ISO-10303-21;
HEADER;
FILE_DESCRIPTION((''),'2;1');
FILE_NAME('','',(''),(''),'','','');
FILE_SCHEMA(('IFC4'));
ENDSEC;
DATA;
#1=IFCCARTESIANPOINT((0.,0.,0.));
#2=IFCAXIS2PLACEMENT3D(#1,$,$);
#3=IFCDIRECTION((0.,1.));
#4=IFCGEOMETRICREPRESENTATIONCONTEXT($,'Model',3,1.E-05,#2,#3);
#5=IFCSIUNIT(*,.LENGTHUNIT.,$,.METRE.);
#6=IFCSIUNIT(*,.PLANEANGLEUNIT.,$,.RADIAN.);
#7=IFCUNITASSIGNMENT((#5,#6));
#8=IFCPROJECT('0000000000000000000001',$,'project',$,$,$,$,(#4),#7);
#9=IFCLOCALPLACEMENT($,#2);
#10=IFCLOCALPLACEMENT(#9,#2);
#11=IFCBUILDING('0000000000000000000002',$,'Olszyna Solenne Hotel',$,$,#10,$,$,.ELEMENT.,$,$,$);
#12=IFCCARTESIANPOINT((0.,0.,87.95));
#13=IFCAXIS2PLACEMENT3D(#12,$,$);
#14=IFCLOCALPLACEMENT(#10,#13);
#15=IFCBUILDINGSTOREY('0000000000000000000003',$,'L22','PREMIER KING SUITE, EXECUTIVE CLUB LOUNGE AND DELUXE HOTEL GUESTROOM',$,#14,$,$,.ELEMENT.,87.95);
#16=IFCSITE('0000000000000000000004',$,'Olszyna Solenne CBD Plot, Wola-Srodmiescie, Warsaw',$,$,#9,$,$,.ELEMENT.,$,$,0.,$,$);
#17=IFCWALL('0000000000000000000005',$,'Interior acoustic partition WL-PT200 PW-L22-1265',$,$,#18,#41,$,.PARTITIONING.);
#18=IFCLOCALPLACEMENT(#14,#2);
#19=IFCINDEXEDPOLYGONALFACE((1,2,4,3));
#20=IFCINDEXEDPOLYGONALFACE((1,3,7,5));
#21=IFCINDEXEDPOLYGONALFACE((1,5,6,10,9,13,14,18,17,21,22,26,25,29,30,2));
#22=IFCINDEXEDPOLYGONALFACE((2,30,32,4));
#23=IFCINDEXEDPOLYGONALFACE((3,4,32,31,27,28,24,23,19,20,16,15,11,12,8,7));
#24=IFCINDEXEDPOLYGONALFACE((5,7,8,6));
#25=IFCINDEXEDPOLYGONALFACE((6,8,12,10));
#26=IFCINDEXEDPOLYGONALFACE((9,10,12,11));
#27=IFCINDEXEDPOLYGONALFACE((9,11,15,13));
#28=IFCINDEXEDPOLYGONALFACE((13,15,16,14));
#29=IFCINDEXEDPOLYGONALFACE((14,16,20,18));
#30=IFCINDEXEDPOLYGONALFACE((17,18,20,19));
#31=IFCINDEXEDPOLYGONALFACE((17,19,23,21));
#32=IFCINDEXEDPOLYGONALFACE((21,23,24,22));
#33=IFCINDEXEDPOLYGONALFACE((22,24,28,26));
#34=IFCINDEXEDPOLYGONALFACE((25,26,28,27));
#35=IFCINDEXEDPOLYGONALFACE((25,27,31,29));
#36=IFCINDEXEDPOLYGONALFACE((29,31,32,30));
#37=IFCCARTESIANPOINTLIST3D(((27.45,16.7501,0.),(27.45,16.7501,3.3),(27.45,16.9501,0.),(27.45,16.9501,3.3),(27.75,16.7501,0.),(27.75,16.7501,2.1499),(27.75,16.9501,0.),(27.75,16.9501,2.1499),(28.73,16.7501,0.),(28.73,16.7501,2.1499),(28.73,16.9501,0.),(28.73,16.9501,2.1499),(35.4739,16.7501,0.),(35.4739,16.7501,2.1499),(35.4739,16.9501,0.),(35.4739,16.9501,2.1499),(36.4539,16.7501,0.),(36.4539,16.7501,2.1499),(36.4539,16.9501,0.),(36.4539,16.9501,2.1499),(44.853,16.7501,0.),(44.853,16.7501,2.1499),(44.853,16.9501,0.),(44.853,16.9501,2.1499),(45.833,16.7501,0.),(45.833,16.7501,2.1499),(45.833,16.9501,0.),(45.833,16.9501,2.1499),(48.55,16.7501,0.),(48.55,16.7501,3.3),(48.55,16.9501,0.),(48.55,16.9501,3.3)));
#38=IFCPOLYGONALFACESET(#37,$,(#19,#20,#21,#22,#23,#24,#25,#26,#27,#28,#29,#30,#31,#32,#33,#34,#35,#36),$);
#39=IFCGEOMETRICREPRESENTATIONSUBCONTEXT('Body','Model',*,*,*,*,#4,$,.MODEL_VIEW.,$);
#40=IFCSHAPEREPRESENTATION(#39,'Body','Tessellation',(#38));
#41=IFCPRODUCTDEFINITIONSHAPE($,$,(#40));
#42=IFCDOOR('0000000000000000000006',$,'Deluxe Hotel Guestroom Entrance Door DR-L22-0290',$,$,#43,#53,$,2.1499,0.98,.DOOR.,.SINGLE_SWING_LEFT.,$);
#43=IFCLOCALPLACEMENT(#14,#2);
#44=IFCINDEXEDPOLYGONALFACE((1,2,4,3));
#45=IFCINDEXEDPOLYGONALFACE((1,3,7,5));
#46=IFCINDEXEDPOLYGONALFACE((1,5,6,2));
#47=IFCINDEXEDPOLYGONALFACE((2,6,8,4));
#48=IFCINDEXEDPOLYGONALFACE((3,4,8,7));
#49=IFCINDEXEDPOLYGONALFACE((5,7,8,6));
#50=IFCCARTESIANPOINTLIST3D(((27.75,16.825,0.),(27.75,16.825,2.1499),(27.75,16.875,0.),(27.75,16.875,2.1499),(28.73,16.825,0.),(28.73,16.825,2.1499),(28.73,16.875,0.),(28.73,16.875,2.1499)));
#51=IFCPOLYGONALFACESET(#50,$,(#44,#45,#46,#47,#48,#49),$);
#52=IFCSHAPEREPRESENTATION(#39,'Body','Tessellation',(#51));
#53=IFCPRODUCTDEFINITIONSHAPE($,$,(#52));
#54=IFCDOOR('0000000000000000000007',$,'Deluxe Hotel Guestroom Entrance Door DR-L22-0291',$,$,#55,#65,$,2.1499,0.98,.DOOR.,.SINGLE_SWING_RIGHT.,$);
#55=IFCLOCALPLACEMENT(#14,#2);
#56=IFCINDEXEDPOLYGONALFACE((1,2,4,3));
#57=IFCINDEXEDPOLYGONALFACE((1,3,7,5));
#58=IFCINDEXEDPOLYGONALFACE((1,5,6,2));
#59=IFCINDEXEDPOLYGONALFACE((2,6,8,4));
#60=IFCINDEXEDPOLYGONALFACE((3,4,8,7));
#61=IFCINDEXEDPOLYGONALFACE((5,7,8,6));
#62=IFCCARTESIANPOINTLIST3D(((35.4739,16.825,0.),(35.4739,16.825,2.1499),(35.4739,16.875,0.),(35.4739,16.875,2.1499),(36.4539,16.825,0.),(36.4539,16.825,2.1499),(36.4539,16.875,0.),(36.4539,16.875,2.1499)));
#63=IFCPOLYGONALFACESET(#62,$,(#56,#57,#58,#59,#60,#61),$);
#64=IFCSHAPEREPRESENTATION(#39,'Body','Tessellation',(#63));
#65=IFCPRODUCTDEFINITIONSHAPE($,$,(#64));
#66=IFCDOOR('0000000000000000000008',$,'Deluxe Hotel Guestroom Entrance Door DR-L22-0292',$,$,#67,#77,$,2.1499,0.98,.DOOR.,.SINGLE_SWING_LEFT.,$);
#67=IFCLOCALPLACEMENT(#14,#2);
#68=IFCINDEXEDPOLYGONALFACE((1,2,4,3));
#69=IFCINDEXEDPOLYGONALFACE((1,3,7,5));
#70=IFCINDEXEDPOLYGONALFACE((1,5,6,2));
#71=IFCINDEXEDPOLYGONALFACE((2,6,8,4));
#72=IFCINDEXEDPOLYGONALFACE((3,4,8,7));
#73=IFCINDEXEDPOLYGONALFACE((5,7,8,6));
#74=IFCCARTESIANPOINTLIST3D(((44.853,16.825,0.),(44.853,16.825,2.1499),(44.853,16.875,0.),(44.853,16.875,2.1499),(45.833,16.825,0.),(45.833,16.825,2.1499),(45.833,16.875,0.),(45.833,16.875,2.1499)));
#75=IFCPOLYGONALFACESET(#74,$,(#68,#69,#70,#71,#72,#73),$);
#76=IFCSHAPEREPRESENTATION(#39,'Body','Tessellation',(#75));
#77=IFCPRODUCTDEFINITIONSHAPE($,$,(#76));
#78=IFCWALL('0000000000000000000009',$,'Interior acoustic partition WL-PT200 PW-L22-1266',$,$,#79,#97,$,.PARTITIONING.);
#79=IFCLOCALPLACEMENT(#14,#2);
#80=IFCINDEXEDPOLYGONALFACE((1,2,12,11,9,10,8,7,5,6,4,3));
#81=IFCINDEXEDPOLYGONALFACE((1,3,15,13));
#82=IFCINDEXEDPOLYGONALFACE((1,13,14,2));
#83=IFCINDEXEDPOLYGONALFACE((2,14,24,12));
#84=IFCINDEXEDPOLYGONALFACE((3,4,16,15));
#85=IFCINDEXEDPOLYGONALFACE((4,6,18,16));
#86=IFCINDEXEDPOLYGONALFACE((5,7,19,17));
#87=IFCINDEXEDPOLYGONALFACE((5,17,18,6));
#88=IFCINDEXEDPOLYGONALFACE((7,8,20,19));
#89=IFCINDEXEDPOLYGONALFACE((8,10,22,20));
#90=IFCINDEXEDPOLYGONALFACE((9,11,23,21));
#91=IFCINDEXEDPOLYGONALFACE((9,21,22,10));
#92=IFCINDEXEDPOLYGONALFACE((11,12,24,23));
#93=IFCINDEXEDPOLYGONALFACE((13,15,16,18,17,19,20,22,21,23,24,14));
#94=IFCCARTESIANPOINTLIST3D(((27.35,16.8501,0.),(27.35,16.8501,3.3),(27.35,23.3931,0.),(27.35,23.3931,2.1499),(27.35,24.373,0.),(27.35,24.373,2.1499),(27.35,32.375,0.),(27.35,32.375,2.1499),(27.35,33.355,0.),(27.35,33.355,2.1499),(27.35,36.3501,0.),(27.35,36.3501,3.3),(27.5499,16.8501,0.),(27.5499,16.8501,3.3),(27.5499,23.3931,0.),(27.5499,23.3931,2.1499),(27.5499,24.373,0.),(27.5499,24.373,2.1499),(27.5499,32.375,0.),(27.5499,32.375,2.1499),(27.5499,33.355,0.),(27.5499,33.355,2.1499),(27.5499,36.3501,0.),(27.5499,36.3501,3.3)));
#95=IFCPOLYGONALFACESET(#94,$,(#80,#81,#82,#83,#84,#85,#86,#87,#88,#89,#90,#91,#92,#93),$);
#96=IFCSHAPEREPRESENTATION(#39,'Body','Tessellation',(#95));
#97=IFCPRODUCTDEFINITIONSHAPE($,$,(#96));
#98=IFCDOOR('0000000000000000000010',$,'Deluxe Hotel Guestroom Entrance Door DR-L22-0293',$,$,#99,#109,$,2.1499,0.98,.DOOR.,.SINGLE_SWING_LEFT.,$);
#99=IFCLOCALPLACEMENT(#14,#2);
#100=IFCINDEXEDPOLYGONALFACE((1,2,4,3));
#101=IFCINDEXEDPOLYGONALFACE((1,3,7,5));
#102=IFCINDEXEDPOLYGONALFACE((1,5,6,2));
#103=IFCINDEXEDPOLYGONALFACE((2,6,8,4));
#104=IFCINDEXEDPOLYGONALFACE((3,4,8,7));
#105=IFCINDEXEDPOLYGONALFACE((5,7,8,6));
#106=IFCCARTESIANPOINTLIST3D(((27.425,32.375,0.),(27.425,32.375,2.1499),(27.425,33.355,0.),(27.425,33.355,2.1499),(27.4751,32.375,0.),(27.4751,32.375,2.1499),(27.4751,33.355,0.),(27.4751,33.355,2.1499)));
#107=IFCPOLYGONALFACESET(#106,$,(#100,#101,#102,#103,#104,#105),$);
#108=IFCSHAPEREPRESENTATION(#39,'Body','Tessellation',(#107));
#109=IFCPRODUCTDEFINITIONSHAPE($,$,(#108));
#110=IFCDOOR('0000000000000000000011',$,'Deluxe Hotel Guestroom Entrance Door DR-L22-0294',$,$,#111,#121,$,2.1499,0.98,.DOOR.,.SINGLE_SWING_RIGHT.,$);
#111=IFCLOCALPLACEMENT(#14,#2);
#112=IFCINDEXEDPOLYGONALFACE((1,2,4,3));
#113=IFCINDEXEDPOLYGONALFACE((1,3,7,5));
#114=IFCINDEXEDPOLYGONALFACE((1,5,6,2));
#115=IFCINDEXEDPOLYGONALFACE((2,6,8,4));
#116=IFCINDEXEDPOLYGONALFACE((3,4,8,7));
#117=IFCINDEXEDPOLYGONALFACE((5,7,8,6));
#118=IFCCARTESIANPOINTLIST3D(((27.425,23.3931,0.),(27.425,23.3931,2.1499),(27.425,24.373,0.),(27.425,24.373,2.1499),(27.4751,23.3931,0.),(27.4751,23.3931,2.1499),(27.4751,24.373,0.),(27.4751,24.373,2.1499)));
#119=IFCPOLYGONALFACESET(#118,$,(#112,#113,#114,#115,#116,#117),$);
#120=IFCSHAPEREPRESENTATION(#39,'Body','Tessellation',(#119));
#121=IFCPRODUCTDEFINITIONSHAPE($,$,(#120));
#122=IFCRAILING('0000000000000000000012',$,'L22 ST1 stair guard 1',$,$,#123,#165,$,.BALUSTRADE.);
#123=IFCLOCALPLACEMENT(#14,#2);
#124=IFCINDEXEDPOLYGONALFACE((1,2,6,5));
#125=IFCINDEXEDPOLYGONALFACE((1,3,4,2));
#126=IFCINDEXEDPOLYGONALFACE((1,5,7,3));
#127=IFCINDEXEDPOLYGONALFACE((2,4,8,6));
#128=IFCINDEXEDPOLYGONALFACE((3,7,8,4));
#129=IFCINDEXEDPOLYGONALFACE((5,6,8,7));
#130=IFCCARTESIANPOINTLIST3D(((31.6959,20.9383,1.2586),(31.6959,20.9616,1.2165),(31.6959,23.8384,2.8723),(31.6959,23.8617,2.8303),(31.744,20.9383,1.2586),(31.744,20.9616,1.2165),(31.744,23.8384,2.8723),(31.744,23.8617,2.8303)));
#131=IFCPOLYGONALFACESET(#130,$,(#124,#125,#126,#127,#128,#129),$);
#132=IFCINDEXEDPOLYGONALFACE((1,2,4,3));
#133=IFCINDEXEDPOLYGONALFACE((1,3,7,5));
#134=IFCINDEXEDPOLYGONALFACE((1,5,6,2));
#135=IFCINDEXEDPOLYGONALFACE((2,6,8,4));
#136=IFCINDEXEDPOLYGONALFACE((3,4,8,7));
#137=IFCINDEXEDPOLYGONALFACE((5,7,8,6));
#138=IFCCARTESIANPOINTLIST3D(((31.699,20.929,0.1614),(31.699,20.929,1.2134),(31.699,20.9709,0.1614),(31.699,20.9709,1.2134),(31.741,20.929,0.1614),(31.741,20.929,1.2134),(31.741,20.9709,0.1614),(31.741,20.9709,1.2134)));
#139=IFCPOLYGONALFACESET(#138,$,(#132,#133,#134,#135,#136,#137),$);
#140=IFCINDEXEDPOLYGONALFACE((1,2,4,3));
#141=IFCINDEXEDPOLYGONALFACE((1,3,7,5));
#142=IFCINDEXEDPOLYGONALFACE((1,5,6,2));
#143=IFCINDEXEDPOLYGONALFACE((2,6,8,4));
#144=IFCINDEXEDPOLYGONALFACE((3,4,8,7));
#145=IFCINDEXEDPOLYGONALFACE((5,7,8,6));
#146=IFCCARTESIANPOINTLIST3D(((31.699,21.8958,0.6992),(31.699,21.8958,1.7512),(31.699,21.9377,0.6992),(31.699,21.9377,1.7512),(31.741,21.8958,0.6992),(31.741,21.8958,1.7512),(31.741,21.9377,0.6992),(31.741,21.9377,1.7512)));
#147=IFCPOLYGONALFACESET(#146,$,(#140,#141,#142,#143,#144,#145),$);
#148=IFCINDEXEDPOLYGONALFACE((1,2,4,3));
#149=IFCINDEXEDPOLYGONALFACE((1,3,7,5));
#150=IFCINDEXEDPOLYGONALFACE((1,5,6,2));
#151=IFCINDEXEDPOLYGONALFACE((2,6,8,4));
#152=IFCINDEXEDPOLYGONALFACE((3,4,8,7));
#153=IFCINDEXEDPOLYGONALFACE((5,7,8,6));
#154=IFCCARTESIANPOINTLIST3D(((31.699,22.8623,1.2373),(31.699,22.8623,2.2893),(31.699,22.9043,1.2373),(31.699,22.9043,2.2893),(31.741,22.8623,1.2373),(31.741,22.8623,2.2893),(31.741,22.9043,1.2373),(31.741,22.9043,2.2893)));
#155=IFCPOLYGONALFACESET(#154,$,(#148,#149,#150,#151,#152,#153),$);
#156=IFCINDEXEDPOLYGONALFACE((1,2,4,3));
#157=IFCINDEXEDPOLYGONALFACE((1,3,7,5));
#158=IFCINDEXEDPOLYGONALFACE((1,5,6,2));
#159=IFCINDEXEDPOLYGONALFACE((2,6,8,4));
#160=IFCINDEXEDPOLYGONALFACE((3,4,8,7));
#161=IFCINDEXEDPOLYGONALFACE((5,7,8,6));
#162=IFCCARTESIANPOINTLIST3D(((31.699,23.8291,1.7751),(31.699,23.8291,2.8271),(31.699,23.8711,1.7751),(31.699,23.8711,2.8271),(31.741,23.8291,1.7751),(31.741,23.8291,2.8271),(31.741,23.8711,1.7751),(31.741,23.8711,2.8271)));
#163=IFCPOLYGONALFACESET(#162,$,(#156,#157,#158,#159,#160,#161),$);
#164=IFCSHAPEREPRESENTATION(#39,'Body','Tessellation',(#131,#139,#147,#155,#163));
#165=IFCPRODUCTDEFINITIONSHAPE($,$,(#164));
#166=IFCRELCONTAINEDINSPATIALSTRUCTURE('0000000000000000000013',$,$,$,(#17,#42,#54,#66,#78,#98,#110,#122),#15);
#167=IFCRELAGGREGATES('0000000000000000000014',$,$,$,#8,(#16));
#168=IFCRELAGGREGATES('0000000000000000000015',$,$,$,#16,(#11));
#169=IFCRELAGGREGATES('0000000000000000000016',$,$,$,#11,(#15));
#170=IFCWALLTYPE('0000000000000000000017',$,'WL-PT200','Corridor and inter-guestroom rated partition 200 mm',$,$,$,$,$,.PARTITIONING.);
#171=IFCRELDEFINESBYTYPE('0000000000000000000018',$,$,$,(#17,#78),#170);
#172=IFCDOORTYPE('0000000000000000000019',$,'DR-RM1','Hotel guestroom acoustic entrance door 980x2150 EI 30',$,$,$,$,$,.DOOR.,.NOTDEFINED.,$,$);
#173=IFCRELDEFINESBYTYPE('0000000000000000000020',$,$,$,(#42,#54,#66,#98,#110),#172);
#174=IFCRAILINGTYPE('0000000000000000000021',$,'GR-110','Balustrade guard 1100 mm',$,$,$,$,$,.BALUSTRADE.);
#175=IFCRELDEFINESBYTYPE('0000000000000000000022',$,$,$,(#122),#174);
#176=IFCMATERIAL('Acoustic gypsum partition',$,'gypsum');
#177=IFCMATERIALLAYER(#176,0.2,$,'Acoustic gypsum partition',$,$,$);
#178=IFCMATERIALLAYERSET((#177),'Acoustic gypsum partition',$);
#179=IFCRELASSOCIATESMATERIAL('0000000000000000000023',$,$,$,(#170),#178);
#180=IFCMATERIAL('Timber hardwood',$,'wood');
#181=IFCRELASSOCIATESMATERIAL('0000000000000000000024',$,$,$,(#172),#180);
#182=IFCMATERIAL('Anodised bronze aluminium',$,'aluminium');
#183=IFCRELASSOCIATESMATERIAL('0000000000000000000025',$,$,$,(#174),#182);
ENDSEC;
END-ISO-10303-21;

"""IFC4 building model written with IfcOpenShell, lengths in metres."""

from ifc_helpers import new_model, si_unit, direction, frame, frame_2d, origin, origin_2d, place, context, subcontext, project, spatial, rectangle, extrude, source, transform, mapped, material, layer, layer_set, type_object, type_shapes, element, fill, save


model = new_model("IFC4")

# Units and contexts
model_context = context("Model", 3, precision=1e-05, world=origin(), true_north=direction((0.0, 1.0)))
body_context = subcontext(model_context, "Body", "Model", "MODEL_VIEW")
ifc_project = project(units=[si_unit("LENGTHUNIT", "METRE"), si_unit("PLANEANGLEUNIT", "RADIAN")], contexts=[model_context])

# Site, building, storey
site_placement = place(None, origin())
site = spatial("IfcSite", under=ifc_project, at=site_placement, Name="Olszyna Solenne CBD Plot, Wola-Srodmiescie, Warsaw", CompositionType="ELEMENT", RefElevation=0.0)
building_placement = place(site_placement, origin())
building = spatial("IfcBuilding", under=site, at=building_placement, Name="Olszyna Solenne Hotel", CompositionType="ELEMENT")
storey_placement = place(building_placement, frame((0.0, 0.0, 87.95)))
storey = spatial("IfcBuildingStorey", under=building, at=storey_placement, Name="L22", Description="PREMIER KING SUITE, EXECUTIVE CLUB LOUNGE AND DELUXE HOTEL GUESTROOM", CompositionType="ELEMENT", Elevation=87.95)

# Shared definitions
ifc_material_1 = material(Name="Timber hardwood", Category="wood")
ifc_material_2 = material(Name="Acoustic gypsum partition", Category="gypsum")

# Shared definitions
ifc_layer_1 = layer(ifc_material_2, 0.2, Name="Acoustic gypsum partition")
ifc_layer_set_1 = layer_set([ifc_layer_1], Name="Acoustic gypsum partition")
wall_type_1 = type_object("IfcWallType", Name="WL-PT200", Description="Corridor and inter-guestroom rated partition 200 mm", PredefinedType="PARTITIONING", material=ifc_layer_set_1)

# Walls, openings, doors
wall_1_placement = place(storey_placement, frame((27.45, 16.8501, 0.0), z_axis=(0.0, 0.0, 1.0), x_axis=(1.0, 0.0, 0.0)))
wall_1 = element("IfcWall", 1, at=wall_1_placement, inside=storey, type_object=wall_type_1, Name="Interior acoustic partition WL-PT200 PW-L22-1265", PredefinedType="PARTITIONING", context=body_context, shape_type="SweptSolid", body=[
    extrude(rectangle(XDim=21.1001, YDim=0.2, at=frame_2d((10.55, 0.0))), origin(), (0.0, 0.0, 1.0), 3.3),
])
opening_1_placement = place(wall_1_placement, frame((0.3, 0.0, 0.0)))
opening_1 = element("IfcOpeningElement", 2, at=opening_1_placement, cuts=wall_1, PredefinedType="OPENING", context=body_context, shape_type="SweptSolid", body=[
    extrude(rectangle(XDim=0.98, YDim=2.1499, at=frame_2d((0.49, 1.075))), frame((0.0, 0.1099, 0.0), z_axis=(0.0, -1.0, 0.0), x_axis=(1.0, 0.0, 0.0)), (0.0, 0.0, 1.0), 0.22),
])
opening_2_placement = place(wall_1_placement, frame((8.0239, 0.0, 0.0)))
opening_2 = element("IfcOpeningElement", 3, at=opening_2_placement, cuts=wall_1, PredefinedType="OPENING", context=body_context, shape_type="SweptSolid", body=[
    extrude(rectangle(XDim=0.98, YDim=2.1499, at=frame_2d((0.49, 1.075))), frame((0.0, 0.1099, 0.0), z_axis=(0.0, -1.0, 0.0), x_axis=(1.0, 0.0, 0.0)), (0.0, 0.0, 1.0), 0.22),
])
opening_3_placement = place(wall_1_placement, frame((17.4031, 0.0, 0.0)))
opening_3 = element("IfcOpeningElement", 4, at=opening_3_placement, cuts=wall_1, PredefinedType="OPENING", context=body_context, shape_type="SweptSolid", body=[
    extrude(rectangle(XDim=0.98, YDim=2.1499, at=frame_2d((0.49, 1.075))), frame((0.0, 0.1099, 0.0), z_axis=(0.0, -1.0, 0.0), x_axis=(1.0, 0.0, 0.0)), (0.0, 0.0, 1.0), 0.22),
])
door_type_1 = type_object("IfcDoorType", Name="DR-RM1", Description="Hotel guestroom acoustic entrance door 980x2150 EI 30", OperationType="NOTDEFINED", PredefinedType="DOOR", material=ifc_material_1)
shared_shape_1 = source(origin(), body_context, "Body", "SweptSolid", [
    extrude(rectangle(XDim=0.98, YDim=2.1499, at=frame_2d((0.49, 1.075))), frame((0.0, 0.0249, 0.0), z_axis=(0.0, -1.0, 0.0), x_axis=(1.0, 0.0, 0.0)), (0.0, 0.0, 1.0), 0.05),
])
type_shapes(door_type_1, [shared_shape_1])
door_1_placement = place(opening_1_placement, origin())
door_1 = element("IfcDoor", 5, at=door_1_placement, inside=storey, type_object=door_type_1, Name="Deluxe Hotel Guestroom Entrance Door DR-L22-0290", OperationType="SINGLE_SWING_LEFT", OverallHeight=2.1499, OverallWidth=0.98, PredefinedType="DOOR", context=body_context, shape_type="MappedRepresentation", body=[
    mapped(shared_shape_1, transform((0.0, 0.0, 0.0), x_axis=(1.0, 0.0, 0.0), y_axis=(0.0, 1.0, 0.0), z_axis=(0.0, 0.0, 1.0), scale=1.0)),
])
fill(opening_1, door_1)
door_2_placement = place(opening_2_placement, origin())
door_2 = element("IfcDoor", 6, at=door_2_placement, inside=storey, type_object=door_type_1, Name="Deluxe Hotel Guestroom Entrance Door DR-L22-0291", OperationType="SINGLE_SWING_RIGHT", OverallHeight=2.1499, OverallWidth=0.98, PredefinedType="DOOR", context=body_context, shape_type="MappedRepresentation", body=[
    mapped(shared_shape_1, transform((0.0, 0.0, 0.0), x_axis=(1.0, 0.0, 0.0), y_axis=(0.0, 1.0, 0.0), z_axis=(0.0, 0.0, 1.0), scale=1.0)),
])
fill(opening_2, door_2)
door_3_placement = place(opening_3_placement, origin())
door_3 = element("IfcDoor", 7, at=door_3_placement, inside=storey, type_object=door_type_1, Name="Deluxe Hotel Guestroom Entrance Door DR-L22-0292", OperationType="SINGLE_SWING_LEFT", OverallHeight=2.1499, OverallWidth=0.98, PredefinedType="DOOR", context=body_context, shape_type="MappedRepresentation", body=[
    mapped(shared_shape_1, transform((0.0, 0.0, 0.0), x_axis=(1.0, 0.0, 0.0), y_axis=(0.0, 1.0, 0.0), z_axis=(0.0, 0.0, 1.0), scale=1.0)),
])
fill(opening_3, door_3)
wall_2_placement = place(storey_placement, frame((27.45, 16.8501, 0.0), z_axis=(0.0, 0.0, 1.0), x_axis=(0.0, 1.0, 0.0)))
wall_2 = element("IfcWall", 8, at=wall_2_placement, inside=storey, type_object=wall_type_1, Name="Interior acoustic partition WL-PT200 PW-L22-1266", PredefinedType="PARTITIONING", context=body_context, shape_type="SweptSolid", body=[
    extrude(rectangle(XDim=19.5, YDim=0.2, at=frame_2d((9.75, 0.0))), origin(), (0.0, 0.0, 1.0), 3.3),
])
opening_4_placement = place(wall_2_placement, frame((15.5249, 0.0, 0.0)))
opening_4 = element("IfcOpeningElement", 9, at=opening_4_placement, cuts=wall_2, PredefinedType="OPENING", context=body_context, shape_type="SweptSolid", body=[
    extrude(rectangle(XDim=0.98, YDim=2.1499, at=frame_2d((0.49, 1.075))), frame((0.0, 0.1099, 0.0), z_axis=(0.0, -1.0, 0.0), x_axis=(1.0, 0.0, 0.0)), (0.0, 0.0, 1.0), 0.22),
])
opening_5_placement = place(wall_2_placement, frame((6.543, 0.0, 0.0)))
opening_5 = element("IfcOpeningElement", 10, at=opening_5_placement, cuts=wall_2, PredefinedType="OPENING", context=body_context, shape_type="SweptSolid", body=[
    extrude(rectangle(XDim=0.98, YDim=2.1499, at=frame_2d((0.49, 1.075))), frame((0.0, 0.1099, 0.0), z_axis=(0.0, -1.0, 0.0), x_axis=(1.0, 0.0, 0.0)), (0.0, 0.0, 1.0), 0.22),
])
door_4_placement = place(opening_4_placement, origin())
door_4 = element("IfcDoor", 11, at=door_4_placement, inside=storey, type_object=door_type_1, Name="Deluxe Hotel Guestroom Entrance Door DR-L22-0293", OperationType="SINGLE_SWING_LEFT", OverallHeight=2.1499, OverallWidth=0.98, PredefinedType="DOOR", context=body_context, shape_type="MappedRepresentation", body=[
    mapped(shared_shape_1, transform((0.0, 0.0, 0.0), x_axis=(1.0, 0.0, 0.0), y_axis=(0.0, 1.0, 0.0), z_axis=(0.0, 0.0, 1.0), scale=1.0)),
])
fill(opening_4, door_4)
door_5_placement = place(opening_5_placement, origin())
door_5 = element("IfcDoor", 12, at=door_5_placement, inside=storey, type_object=door_type_1, Name="Deluxe Hotel Guestroom Entrance Door DR-L22-0294", OperationType="SINGLE_SWING_RIGHT", OverallHeight=2.1499, OverallWidth=0.98, PredefinedType="DOOR", context=body_context, shape_type="MappedRepresentation", body=[
    mapped(shared_shape_1, transform((0.0, 0.0, 0.0), x_axis=(1.0, 0.0, 0.0), y_axis=(0.0, 1.0, 0.0), z_axis=(0.0, 0.0, 1.0), scale=1.0)),
])
fill(opening_5, door_5)

# Railing
ifc_material_3 = material(Name="Anodised bronze aluminium", Category="aluminium")
railing_type = type_object("IfcRailingType", Name="GR-110", Description="Balustrade guard 1100 mm", PredefinedType="BALUSTRADE", material=ifc_material_3)
railing_1_placement = place(storey_placement, frame((31.72, 20.95, 0.1614)))
element("IfcRailing", 13, at=railing_1_placement, inside=storey, type_object=railing_type, Name="L22 ST1 stair guard 1", PredefinedType="BALUSTRADE", context=body_context, shape_type="SweptSolid", body=[
    extrude(rectangle(XDim=0.0481, YDim=0.0481, at=origin_2d()), frame((0.0, 0.0, 1.0762), z_axis=(0.0, 0.873827, 0.486236), x_axis=(-1.0, 0.0, 0.0)), (0.0, 0.0, 1.0), 3.3188),
    extrude(rectangle(XDim=0.042, YDim=0.042, at=origin_2d()), origin(), (0.0, 0.0, 1.0), 1.052),
    extrude(rectangle(XDim=0.042, YDim=0.042, at=origin_2d()), frame((0.0, 0.9668, 0.5378)), (0.0, 0.0, 1.0), 1.052),
    extrude(rectangle(XDim=0.042, YDim=0.042, at=origin_2d()), frame((0.0, 1.9333, 1.0759)), (0.0, 0.0, 1.0), 1.052),
    extrude(rectangle(XDim=0.042, YDim=0.042, at=origin_2d()), frame((0.0, 2.9001, 1.6138)), (0.0, 0.0, 1.0), 1.052),
])

save(model, "model.ifc")
